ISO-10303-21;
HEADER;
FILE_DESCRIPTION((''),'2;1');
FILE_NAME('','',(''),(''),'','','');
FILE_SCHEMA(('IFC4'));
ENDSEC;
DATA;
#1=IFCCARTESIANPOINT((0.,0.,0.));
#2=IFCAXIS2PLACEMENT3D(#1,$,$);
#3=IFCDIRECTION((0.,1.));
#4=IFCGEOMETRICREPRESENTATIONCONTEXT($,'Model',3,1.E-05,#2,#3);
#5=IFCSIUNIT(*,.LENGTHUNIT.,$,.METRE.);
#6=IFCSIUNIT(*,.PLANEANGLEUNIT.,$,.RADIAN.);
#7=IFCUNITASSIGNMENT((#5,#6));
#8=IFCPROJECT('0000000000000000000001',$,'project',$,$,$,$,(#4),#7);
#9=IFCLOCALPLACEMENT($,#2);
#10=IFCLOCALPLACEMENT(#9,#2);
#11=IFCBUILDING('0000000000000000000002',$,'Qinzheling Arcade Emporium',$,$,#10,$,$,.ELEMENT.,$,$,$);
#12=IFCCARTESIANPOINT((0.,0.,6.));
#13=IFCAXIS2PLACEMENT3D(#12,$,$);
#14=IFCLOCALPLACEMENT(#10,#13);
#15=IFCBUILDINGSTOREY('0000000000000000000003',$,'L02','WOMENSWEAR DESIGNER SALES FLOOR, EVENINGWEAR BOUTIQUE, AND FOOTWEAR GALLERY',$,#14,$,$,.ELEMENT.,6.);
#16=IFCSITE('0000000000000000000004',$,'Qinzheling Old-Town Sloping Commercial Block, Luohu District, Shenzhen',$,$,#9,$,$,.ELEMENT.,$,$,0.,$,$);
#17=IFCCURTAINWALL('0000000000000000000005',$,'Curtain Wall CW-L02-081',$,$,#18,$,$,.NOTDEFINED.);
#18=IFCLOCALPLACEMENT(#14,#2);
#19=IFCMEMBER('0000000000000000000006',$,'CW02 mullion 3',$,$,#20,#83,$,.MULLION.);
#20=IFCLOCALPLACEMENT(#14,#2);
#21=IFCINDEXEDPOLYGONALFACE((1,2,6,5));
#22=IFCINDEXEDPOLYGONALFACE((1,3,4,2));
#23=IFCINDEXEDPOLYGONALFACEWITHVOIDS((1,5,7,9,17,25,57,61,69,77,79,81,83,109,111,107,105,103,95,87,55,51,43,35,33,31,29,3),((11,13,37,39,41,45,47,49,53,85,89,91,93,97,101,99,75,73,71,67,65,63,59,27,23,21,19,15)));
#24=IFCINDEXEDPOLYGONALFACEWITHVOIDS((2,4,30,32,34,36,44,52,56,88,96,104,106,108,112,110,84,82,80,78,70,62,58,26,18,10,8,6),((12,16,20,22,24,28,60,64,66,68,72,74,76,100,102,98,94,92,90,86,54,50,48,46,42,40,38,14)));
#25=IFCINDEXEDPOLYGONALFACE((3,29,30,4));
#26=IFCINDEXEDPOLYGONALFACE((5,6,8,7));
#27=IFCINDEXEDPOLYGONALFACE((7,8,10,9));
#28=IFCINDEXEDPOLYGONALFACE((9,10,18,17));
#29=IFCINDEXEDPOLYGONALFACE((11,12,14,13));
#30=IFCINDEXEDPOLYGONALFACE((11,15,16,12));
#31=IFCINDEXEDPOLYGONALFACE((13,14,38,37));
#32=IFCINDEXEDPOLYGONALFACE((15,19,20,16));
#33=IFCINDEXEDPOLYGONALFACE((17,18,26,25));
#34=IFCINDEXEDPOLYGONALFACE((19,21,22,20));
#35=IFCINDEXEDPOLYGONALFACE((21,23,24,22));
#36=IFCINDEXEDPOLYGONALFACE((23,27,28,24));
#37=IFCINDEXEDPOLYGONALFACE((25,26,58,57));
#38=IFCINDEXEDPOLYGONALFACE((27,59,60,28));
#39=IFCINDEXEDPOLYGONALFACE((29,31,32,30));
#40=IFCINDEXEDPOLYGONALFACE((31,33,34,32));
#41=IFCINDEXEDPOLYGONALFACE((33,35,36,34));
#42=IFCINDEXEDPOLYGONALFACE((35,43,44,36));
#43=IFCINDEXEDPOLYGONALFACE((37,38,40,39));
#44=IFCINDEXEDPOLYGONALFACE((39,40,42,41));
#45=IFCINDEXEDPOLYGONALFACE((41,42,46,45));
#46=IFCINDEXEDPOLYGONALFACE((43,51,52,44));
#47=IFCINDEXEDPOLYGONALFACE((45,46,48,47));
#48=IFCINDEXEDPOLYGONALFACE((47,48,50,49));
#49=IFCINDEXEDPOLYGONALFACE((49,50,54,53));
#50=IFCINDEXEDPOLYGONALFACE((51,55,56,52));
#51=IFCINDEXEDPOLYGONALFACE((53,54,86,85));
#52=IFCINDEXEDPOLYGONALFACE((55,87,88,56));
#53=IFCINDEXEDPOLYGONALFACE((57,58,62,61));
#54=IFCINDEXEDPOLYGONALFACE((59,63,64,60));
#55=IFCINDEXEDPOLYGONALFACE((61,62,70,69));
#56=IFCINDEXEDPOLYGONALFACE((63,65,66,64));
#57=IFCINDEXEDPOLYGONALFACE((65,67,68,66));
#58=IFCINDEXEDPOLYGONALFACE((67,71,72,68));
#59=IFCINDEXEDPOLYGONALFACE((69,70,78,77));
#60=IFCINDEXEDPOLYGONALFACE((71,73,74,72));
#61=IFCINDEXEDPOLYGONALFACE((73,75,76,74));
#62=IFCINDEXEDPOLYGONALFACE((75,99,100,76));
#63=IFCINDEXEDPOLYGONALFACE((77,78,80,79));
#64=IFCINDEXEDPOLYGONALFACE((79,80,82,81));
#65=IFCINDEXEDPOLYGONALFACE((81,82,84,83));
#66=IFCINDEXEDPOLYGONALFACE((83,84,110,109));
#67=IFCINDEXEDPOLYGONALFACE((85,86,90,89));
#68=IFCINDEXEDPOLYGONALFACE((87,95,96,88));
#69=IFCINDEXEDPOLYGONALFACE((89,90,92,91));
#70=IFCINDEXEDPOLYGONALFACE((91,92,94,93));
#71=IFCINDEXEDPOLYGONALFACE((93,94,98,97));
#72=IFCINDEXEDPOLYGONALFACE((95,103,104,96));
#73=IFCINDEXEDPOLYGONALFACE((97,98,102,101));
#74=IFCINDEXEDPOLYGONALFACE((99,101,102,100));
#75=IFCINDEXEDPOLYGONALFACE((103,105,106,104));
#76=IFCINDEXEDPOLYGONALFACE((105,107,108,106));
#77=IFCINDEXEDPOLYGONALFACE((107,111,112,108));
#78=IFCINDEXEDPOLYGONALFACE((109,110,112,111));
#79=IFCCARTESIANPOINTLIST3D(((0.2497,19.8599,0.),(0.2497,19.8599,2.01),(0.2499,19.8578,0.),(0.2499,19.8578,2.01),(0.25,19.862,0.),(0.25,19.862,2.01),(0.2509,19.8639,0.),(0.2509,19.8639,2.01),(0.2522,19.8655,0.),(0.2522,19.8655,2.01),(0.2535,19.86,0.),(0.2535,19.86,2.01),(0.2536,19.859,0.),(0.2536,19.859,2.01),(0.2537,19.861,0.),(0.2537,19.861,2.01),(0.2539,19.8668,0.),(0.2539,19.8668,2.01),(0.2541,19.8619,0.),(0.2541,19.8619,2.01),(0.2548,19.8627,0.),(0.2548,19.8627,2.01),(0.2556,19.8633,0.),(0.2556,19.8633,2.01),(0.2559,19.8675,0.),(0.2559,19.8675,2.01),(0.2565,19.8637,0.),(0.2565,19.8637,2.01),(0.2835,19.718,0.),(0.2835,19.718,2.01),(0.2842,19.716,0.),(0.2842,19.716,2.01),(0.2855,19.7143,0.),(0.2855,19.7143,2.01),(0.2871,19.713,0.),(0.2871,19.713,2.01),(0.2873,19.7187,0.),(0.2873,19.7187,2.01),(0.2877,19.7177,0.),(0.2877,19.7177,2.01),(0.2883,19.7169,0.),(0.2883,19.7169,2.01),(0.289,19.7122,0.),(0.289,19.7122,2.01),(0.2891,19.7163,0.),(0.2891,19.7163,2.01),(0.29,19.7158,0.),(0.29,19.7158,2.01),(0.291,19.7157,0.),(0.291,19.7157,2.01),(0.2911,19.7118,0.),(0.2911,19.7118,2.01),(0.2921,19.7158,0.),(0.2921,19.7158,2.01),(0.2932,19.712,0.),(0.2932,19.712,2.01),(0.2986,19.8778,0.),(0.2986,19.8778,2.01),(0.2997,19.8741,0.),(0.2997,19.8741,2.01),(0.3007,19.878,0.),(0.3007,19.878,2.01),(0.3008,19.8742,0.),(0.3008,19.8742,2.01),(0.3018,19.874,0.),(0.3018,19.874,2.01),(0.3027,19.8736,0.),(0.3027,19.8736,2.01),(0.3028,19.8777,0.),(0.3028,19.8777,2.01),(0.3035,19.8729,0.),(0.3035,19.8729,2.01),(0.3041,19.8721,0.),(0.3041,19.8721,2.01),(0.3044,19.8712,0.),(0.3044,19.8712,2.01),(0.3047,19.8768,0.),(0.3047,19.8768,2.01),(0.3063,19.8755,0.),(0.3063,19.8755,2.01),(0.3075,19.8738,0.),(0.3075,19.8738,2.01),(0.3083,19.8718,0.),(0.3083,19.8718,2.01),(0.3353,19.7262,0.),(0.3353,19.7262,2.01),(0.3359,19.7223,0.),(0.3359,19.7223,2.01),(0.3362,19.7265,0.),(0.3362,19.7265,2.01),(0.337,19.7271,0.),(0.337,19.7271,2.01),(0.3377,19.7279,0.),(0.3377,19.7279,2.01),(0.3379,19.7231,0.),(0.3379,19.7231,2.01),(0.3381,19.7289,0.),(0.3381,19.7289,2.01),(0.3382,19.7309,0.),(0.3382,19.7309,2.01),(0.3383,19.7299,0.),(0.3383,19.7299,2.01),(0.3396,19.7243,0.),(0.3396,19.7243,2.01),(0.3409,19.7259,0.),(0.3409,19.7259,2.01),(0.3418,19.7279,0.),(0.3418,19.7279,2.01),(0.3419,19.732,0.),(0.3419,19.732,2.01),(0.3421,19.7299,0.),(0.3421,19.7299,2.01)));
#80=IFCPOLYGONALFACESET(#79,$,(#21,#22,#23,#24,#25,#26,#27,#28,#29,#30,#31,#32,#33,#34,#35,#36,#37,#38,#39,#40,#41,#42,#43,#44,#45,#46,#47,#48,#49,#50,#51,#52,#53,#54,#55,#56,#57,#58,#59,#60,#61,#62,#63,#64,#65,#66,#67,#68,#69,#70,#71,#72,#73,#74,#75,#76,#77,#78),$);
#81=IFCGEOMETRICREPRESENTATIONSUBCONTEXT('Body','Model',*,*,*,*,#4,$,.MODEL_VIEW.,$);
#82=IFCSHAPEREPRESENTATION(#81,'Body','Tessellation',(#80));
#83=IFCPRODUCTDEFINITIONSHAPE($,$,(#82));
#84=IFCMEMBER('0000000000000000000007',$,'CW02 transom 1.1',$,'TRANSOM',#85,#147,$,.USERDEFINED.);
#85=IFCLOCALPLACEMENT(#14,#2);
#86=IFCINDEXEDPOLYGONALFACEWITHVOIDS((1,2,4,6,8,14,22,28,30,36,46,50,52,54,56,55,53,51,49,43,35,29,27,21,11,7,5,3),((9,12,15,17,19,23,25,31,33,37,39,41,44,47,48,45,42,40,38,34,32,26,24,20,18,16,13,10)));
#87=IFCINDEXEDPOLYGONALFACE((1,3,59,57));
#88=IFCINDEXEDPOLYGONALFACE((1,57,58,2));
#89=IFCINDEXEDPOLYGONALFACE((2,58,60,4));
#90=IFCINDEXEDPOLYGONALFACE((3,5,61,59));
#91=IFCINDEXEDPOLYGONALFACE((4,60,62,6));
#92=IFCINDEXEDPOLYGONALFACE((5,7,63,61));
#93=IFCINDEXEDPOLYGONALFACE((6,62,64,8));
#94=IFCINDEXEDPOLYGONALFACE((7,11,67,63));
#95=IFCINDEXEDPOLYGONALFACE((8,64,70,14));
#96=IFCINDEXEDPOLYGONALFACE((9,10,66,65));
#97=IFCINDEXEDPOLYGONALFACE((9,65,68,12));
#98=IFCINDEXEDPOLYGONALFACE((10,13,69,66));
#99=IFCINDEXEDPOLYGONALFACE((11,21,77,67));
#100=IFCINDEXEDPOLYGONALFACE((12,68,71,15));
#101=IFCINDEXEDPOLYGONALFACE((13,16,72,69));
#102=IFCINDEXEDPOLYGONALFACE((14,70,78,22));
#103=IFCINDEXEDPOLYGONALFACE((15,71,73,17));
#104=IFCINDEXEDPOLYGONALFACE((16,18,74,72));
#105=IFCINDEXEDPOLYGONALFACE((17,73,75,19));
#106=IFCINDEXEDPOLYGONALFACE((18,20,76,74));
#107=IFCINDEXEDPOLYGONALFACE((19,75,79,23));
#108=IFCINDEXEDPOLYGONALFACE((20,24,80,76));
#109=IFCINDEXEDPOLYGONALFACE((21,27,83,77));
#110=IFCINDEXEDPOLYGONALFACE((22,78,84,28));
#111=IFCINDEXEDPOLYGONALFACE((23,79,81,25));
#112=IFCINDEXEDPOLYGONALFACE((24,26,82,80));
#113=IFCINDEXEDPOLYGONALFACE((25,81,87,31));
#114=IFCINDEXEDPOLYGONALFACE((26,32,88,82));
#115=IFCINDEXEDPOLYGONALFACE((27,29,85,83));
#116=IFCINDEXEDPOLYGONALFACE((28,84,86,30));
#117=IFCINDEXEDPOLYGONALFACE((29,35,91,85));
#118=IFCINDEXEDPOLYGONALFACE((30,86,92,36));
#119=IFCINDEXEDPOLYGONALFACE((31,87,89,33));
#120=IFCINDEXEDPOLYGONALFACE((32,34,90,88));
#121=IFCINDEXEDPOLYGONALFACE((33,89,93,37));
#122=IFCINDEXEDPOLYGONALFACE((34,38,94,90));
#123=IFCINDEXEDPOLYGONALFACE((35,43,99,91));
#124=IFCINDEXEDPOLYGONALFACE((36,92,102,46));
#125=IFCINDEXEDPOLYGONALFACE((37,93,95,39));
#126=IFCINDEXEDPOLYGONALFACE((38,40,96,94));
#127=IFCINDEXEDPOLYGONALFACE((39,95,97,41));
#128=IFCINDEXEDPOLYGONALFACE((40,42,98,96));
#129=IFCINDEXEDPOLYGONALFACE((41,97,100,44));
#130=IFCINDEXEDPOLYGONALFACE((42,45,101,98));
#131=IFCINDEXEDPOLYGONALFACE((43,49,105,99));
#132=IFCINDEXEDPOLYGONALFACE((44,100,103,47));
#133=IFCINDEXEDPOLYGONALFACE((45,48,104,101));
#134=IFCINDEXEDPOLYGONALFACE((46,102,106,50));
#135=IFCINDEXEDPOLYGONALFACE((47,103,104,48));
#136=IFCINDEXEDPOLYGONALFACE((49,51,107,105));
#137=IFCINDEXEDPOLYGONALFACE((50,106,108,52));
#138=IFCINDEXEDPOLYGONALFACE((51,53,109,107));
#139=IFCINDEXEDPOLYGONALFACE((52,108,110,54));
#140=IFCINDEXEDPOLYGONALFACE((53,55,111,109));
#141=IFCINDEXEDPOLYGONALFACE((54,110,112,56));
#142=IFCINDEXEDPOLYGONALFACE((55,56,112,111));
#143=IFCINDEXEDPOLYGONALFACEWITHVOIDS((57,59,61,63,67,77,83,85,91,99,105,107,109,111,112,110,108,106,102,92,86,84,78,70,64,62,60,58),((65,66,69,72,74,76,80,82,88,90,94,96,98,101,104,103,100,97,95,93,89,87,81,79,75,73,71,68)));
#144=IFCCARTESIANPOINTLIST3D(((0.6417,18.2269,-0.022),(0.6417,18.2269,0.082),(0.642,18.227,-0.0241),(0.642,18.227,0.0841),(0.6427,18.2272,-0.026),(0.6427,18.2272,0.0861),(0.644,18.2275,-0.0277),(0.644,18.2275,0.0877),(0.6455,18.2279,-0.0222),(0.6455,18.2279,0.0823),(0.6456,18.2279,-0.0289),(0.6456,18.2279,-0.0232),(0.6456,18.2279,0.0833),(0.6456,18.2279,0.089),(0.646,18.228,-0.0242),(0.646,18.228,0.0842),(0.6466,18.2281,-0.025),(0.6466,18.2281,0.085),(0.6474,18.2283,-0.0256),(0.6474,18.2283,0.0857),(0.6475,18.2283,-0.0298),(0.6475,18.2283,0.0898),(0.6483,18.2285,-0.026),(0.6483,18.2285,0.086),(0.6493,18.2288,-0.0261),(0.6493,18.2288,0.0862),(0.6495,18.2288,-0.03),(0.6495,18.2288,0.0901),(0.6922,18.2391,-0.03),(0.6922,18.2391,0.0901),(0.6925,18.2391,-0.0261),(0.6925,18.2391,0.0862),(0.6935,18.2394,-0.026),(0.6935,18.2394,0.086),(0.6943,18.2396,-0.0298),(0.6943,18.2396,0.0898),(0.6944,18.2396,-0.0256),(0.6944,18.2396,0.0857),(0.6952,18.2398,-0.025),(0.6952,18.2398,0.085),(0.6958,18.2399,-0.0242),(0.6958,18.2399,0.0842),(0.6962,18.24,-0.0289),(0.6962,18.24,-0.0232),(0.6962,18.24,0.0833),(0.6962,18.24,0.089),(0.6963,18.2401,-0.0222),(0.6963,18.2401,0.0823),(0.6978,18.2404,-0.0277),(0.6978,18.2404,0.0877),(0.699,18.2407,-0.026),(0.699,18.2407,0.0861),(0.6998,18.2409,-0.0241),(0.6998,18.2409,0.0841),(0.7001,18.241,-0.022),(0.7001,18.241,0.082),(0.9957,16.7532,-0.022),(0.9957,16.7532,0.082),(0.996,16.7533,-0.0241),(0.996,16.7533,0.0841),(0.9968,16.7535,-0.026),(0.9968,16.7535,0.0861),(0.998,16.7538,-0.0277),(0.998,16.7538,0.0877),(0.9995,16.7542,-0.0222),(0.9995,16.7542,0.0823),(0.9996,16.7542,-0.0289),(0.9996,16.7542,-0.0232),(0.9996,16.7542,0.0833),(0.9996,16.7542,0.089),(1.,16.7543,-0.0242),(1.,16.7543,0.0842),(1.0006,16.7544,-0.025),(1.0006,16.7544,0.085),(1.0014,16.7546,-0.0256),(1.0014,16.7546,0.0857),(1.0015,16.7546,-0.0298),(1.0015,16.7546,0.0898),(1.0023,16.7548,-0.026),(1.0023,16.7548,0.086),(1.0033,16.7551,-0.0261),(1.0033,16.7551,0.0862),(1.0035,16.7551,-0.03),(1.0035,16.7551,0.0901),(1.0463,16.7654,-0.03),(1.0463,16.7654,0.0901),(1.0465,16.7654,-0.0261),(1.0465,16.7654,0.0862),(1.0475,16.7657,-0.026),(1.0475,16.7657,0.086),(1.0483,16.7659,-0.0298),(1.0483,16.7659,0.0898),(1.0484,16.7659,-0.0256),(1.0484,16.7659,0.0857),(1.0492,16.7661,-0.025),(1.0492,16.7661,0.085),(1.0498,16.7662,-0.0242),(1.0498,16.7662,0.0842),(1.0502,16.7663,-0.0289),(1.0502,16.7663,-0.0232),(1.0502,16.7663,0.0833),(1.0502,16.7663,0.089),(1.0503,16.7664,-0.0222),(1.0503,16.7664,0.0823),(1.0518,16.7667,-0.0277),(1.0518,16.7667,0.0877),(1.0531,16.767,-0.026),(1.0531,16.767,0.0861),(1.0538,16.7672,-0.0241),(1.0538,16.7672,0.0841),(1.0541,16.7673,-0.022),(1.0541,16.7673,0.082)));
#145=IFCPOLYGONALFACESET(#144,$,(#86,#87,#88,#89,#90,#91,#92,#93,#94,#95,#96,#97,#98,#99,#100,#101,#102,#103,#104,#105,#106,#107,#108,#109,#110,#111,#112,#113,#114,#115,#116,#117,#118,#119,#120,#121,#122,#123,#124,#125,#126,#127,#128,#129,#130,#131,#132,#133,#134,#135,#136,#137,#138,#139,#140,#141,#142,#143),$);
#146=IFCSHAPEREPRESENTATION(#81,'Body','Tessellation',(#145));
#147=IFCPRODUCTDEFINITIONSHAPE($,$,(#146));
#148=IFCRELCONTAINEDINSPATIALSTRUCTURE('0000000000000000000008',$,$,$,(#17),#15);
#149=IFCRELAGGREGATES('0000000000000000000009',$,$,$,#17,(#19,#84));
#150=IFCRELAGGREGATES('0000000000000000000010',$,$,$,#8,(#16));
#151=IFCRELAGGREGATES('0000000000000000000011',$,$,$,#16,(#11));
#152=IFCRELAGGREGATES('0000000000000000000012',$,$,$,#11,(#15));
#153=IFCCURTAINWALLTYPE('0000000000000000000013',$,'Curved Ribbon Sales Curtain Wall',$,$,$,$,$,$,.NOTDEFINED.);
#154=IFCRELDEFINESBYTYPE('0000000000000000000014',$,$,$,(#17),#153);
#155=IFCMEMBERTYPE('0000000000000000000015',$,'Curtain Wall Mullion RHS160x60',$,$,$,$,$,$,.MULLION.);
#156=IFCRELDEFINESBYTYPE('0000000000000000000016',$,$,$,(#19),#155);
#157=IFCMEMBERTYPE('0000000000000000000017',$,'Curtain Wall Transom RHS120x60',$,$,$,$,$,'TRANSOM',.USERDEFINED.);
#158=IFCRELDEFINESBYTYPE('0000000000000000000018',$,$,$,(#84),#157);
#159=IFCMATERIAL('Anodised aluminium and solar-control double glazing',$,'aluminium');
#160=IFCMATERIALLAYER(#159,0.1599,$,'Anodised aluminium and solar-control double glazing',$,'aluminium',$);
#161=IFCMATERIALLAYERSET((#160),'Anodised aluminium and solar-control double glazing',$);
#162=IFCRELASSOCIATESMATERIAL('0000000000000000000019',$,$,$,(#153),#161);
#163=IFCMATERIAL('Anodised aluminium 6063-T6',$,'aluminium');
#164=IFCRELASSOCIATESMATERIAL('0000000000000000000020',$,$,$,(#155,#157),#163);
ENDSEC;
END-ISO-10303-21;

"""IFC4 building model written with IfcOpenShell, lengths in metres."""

from ifc_helpers import new_model, si_unit, direction, frame, origin, origin_2d, place, context, subcontext, project, spatial, hollow_rectangle, extrude, material, layer, layer_set, material_profile, profile_set, type_object, element, aggregate, save


model = new_model("IFC4")

# Units and contexts
model_context = context("Model", 3, precision=1e-05, world=origin(), true_north=direction((0.0, 1.0)))
body_context = subcontext(model_context, "Body", "Model", "MODEL_VIEW")
ifc_project = project(units=[si_unit("LENGTHUNIT", "METRE"), si_unit("PLANEANGLEUNIT", "RADIAN")], contexts=[model_context])

# Site, building, storey
site_placement = place(None, origin())
site = spatial("IfcSite", under=ifc_project, at=site_placement, Name="Qinzheling Old-Town Sloping Commercial Block, Luohu District, Shenzhen", CompositionType="ELEMENT", RefElevation=0.0)
building_placement = place(site_placement, origin())
building = spatial("IfcBuilding", under=site, at=building_placement, Name="Qinzheling Arcade Emporium", CompositionType="ELEMENT")
storey_placement = place(building_placement, frame((0.0, 0.0, 6.0)))
storey = spatial("IfcBuildingStorey", under=building, at=storey_placement, Name="L02", Description="WOMENSWEAR DESIGNER SALES FLOOR, EVENINGWEAR BOUTIQUE, AND FOOTWEAR GALLERY", CompositionType="ELEMENT", Elevation=6.0)

# Curtain wall, members
ifc_material_1 = material(Name="Anodised aluminium and solar-control double glazing", Category="aluminium")
ifc_layer_1 = layer(ifc_material_1, 0.1599, Name="Anodised aluminium and solar-control double glazing", Category="aluminium")
ifc_layer_set_1 = layer_set([ifc_layer_1], Name="Anodised aluminium and solar-control double glazing")
curtain_wall_type = type_object("IfcCurtainWallType", Name="Curved Ribbon Sales Curtain Wall", PredefinedType="NOTDEFINED", material=ifc_layer_set_1)
curtain_wall_placement = place(storey_placement, origin())
curtain_wall = element("IfcCurtainWall", 1, at=curtain_wall_placement, inside=storey, type_object=curtain_wall_type, Name="Curtain Wall CW-L02-081", PredefinedType="NOTDEFINED")
ifc_material_2 = material(Name="Anodised aluminium 6063-T6", Category="aluminium")
ifc_material_profile_1 = material_profile(ifc_material_2, hollow_rectangle(XDim=0.0601, YDim=0.1599, WallThickness=0.0039, InnerFilletRadius=0.0039, OuterFilletRadius=0.0081, at=origin_2d()), Name="RHS 160x60x4", Category="aluminium")
ifc_profile_set_1 = profile_set([ifc_material_profile_1], Name="Anodised aluminium 6063-T6")
member_type_1 = type_object("IfcMemberType", Name="Curtain Wall Mullion RHS160x60", PredefinedType="MULLION", material=ifc_profile_set_1)
member_1_placement = place(storey_placement, frame((0.2959, 19.7949, 0.0), z_axis=(0.0, 0.0, 1.0), x_axis=(-0.972336, -0.233585, 0.0)))
member_1 = element("IfcMember", 2, at=member_1_placement, type_object=member_type_1, Name="CW02 mullion 3", PredefinedType="MULLION", context=body_context, shape_type="SweptSolid", body=[
    extrude(hollow_rectangle(XDim=0.0601, YDim=0.1599, WallThickness=0.0039, InnerFilletRadius=0.0039, OuterFilletRadius=0.0081, at=origin_2d()), origin(), (0.0, 0.0, 1.0), 2.01),
])
ifc_material_profile_2 = material_profile(ifc_material_2, hollow_rectangle(XDim=0.0601, YDim=0.1201, WallThickness=0.0039, InnerFilletRadius=0.0039, OuterFilletRadius=0.0081, at=origin_2d()), Name="RHS 120x60x4", Category="aluminium")
ifc_profile_set_2 = profile_set([ifc_material_profile_2], Name="Anodised aluminium 6063-T6")
member_type_2 = type_object("IfcMemberType", Name="Curtain Wall Transom RHS120x60", ElementType="TRANSOM", PredefinedType="USERDEFINED", material=ifc_profile_set_2)
member_2_placement = place(storey_placement, frame((1.0249, 16.7603, 0.03), z_axis=(-0.23358, 0.972338, 0.0), x_axis=(-0.972338, -0.23358, 0.0)))
member_2 = element("IfcMember", 3, at=member_2_placement, type_object=member_type_2, Name="CW02 transom 1.1", ObjectType="TRANSOM", PredefinedType="USERDEFINED", context=body_context, shape_type="SweptSolid", body=[
    extrude(hollow_rectangle(XDim=0.0601, YDim=0.1201, WallThickness=0.0039, InnerFilletRadius=0.0039, OuterFilletRadius=0.0081, at=origin_2d()), origin(), (0.0, 0.0, 1.0), 1.5156),
])

aggregate(curtain_wall, [member_1, member_2])

save(model, "model.ifc")
